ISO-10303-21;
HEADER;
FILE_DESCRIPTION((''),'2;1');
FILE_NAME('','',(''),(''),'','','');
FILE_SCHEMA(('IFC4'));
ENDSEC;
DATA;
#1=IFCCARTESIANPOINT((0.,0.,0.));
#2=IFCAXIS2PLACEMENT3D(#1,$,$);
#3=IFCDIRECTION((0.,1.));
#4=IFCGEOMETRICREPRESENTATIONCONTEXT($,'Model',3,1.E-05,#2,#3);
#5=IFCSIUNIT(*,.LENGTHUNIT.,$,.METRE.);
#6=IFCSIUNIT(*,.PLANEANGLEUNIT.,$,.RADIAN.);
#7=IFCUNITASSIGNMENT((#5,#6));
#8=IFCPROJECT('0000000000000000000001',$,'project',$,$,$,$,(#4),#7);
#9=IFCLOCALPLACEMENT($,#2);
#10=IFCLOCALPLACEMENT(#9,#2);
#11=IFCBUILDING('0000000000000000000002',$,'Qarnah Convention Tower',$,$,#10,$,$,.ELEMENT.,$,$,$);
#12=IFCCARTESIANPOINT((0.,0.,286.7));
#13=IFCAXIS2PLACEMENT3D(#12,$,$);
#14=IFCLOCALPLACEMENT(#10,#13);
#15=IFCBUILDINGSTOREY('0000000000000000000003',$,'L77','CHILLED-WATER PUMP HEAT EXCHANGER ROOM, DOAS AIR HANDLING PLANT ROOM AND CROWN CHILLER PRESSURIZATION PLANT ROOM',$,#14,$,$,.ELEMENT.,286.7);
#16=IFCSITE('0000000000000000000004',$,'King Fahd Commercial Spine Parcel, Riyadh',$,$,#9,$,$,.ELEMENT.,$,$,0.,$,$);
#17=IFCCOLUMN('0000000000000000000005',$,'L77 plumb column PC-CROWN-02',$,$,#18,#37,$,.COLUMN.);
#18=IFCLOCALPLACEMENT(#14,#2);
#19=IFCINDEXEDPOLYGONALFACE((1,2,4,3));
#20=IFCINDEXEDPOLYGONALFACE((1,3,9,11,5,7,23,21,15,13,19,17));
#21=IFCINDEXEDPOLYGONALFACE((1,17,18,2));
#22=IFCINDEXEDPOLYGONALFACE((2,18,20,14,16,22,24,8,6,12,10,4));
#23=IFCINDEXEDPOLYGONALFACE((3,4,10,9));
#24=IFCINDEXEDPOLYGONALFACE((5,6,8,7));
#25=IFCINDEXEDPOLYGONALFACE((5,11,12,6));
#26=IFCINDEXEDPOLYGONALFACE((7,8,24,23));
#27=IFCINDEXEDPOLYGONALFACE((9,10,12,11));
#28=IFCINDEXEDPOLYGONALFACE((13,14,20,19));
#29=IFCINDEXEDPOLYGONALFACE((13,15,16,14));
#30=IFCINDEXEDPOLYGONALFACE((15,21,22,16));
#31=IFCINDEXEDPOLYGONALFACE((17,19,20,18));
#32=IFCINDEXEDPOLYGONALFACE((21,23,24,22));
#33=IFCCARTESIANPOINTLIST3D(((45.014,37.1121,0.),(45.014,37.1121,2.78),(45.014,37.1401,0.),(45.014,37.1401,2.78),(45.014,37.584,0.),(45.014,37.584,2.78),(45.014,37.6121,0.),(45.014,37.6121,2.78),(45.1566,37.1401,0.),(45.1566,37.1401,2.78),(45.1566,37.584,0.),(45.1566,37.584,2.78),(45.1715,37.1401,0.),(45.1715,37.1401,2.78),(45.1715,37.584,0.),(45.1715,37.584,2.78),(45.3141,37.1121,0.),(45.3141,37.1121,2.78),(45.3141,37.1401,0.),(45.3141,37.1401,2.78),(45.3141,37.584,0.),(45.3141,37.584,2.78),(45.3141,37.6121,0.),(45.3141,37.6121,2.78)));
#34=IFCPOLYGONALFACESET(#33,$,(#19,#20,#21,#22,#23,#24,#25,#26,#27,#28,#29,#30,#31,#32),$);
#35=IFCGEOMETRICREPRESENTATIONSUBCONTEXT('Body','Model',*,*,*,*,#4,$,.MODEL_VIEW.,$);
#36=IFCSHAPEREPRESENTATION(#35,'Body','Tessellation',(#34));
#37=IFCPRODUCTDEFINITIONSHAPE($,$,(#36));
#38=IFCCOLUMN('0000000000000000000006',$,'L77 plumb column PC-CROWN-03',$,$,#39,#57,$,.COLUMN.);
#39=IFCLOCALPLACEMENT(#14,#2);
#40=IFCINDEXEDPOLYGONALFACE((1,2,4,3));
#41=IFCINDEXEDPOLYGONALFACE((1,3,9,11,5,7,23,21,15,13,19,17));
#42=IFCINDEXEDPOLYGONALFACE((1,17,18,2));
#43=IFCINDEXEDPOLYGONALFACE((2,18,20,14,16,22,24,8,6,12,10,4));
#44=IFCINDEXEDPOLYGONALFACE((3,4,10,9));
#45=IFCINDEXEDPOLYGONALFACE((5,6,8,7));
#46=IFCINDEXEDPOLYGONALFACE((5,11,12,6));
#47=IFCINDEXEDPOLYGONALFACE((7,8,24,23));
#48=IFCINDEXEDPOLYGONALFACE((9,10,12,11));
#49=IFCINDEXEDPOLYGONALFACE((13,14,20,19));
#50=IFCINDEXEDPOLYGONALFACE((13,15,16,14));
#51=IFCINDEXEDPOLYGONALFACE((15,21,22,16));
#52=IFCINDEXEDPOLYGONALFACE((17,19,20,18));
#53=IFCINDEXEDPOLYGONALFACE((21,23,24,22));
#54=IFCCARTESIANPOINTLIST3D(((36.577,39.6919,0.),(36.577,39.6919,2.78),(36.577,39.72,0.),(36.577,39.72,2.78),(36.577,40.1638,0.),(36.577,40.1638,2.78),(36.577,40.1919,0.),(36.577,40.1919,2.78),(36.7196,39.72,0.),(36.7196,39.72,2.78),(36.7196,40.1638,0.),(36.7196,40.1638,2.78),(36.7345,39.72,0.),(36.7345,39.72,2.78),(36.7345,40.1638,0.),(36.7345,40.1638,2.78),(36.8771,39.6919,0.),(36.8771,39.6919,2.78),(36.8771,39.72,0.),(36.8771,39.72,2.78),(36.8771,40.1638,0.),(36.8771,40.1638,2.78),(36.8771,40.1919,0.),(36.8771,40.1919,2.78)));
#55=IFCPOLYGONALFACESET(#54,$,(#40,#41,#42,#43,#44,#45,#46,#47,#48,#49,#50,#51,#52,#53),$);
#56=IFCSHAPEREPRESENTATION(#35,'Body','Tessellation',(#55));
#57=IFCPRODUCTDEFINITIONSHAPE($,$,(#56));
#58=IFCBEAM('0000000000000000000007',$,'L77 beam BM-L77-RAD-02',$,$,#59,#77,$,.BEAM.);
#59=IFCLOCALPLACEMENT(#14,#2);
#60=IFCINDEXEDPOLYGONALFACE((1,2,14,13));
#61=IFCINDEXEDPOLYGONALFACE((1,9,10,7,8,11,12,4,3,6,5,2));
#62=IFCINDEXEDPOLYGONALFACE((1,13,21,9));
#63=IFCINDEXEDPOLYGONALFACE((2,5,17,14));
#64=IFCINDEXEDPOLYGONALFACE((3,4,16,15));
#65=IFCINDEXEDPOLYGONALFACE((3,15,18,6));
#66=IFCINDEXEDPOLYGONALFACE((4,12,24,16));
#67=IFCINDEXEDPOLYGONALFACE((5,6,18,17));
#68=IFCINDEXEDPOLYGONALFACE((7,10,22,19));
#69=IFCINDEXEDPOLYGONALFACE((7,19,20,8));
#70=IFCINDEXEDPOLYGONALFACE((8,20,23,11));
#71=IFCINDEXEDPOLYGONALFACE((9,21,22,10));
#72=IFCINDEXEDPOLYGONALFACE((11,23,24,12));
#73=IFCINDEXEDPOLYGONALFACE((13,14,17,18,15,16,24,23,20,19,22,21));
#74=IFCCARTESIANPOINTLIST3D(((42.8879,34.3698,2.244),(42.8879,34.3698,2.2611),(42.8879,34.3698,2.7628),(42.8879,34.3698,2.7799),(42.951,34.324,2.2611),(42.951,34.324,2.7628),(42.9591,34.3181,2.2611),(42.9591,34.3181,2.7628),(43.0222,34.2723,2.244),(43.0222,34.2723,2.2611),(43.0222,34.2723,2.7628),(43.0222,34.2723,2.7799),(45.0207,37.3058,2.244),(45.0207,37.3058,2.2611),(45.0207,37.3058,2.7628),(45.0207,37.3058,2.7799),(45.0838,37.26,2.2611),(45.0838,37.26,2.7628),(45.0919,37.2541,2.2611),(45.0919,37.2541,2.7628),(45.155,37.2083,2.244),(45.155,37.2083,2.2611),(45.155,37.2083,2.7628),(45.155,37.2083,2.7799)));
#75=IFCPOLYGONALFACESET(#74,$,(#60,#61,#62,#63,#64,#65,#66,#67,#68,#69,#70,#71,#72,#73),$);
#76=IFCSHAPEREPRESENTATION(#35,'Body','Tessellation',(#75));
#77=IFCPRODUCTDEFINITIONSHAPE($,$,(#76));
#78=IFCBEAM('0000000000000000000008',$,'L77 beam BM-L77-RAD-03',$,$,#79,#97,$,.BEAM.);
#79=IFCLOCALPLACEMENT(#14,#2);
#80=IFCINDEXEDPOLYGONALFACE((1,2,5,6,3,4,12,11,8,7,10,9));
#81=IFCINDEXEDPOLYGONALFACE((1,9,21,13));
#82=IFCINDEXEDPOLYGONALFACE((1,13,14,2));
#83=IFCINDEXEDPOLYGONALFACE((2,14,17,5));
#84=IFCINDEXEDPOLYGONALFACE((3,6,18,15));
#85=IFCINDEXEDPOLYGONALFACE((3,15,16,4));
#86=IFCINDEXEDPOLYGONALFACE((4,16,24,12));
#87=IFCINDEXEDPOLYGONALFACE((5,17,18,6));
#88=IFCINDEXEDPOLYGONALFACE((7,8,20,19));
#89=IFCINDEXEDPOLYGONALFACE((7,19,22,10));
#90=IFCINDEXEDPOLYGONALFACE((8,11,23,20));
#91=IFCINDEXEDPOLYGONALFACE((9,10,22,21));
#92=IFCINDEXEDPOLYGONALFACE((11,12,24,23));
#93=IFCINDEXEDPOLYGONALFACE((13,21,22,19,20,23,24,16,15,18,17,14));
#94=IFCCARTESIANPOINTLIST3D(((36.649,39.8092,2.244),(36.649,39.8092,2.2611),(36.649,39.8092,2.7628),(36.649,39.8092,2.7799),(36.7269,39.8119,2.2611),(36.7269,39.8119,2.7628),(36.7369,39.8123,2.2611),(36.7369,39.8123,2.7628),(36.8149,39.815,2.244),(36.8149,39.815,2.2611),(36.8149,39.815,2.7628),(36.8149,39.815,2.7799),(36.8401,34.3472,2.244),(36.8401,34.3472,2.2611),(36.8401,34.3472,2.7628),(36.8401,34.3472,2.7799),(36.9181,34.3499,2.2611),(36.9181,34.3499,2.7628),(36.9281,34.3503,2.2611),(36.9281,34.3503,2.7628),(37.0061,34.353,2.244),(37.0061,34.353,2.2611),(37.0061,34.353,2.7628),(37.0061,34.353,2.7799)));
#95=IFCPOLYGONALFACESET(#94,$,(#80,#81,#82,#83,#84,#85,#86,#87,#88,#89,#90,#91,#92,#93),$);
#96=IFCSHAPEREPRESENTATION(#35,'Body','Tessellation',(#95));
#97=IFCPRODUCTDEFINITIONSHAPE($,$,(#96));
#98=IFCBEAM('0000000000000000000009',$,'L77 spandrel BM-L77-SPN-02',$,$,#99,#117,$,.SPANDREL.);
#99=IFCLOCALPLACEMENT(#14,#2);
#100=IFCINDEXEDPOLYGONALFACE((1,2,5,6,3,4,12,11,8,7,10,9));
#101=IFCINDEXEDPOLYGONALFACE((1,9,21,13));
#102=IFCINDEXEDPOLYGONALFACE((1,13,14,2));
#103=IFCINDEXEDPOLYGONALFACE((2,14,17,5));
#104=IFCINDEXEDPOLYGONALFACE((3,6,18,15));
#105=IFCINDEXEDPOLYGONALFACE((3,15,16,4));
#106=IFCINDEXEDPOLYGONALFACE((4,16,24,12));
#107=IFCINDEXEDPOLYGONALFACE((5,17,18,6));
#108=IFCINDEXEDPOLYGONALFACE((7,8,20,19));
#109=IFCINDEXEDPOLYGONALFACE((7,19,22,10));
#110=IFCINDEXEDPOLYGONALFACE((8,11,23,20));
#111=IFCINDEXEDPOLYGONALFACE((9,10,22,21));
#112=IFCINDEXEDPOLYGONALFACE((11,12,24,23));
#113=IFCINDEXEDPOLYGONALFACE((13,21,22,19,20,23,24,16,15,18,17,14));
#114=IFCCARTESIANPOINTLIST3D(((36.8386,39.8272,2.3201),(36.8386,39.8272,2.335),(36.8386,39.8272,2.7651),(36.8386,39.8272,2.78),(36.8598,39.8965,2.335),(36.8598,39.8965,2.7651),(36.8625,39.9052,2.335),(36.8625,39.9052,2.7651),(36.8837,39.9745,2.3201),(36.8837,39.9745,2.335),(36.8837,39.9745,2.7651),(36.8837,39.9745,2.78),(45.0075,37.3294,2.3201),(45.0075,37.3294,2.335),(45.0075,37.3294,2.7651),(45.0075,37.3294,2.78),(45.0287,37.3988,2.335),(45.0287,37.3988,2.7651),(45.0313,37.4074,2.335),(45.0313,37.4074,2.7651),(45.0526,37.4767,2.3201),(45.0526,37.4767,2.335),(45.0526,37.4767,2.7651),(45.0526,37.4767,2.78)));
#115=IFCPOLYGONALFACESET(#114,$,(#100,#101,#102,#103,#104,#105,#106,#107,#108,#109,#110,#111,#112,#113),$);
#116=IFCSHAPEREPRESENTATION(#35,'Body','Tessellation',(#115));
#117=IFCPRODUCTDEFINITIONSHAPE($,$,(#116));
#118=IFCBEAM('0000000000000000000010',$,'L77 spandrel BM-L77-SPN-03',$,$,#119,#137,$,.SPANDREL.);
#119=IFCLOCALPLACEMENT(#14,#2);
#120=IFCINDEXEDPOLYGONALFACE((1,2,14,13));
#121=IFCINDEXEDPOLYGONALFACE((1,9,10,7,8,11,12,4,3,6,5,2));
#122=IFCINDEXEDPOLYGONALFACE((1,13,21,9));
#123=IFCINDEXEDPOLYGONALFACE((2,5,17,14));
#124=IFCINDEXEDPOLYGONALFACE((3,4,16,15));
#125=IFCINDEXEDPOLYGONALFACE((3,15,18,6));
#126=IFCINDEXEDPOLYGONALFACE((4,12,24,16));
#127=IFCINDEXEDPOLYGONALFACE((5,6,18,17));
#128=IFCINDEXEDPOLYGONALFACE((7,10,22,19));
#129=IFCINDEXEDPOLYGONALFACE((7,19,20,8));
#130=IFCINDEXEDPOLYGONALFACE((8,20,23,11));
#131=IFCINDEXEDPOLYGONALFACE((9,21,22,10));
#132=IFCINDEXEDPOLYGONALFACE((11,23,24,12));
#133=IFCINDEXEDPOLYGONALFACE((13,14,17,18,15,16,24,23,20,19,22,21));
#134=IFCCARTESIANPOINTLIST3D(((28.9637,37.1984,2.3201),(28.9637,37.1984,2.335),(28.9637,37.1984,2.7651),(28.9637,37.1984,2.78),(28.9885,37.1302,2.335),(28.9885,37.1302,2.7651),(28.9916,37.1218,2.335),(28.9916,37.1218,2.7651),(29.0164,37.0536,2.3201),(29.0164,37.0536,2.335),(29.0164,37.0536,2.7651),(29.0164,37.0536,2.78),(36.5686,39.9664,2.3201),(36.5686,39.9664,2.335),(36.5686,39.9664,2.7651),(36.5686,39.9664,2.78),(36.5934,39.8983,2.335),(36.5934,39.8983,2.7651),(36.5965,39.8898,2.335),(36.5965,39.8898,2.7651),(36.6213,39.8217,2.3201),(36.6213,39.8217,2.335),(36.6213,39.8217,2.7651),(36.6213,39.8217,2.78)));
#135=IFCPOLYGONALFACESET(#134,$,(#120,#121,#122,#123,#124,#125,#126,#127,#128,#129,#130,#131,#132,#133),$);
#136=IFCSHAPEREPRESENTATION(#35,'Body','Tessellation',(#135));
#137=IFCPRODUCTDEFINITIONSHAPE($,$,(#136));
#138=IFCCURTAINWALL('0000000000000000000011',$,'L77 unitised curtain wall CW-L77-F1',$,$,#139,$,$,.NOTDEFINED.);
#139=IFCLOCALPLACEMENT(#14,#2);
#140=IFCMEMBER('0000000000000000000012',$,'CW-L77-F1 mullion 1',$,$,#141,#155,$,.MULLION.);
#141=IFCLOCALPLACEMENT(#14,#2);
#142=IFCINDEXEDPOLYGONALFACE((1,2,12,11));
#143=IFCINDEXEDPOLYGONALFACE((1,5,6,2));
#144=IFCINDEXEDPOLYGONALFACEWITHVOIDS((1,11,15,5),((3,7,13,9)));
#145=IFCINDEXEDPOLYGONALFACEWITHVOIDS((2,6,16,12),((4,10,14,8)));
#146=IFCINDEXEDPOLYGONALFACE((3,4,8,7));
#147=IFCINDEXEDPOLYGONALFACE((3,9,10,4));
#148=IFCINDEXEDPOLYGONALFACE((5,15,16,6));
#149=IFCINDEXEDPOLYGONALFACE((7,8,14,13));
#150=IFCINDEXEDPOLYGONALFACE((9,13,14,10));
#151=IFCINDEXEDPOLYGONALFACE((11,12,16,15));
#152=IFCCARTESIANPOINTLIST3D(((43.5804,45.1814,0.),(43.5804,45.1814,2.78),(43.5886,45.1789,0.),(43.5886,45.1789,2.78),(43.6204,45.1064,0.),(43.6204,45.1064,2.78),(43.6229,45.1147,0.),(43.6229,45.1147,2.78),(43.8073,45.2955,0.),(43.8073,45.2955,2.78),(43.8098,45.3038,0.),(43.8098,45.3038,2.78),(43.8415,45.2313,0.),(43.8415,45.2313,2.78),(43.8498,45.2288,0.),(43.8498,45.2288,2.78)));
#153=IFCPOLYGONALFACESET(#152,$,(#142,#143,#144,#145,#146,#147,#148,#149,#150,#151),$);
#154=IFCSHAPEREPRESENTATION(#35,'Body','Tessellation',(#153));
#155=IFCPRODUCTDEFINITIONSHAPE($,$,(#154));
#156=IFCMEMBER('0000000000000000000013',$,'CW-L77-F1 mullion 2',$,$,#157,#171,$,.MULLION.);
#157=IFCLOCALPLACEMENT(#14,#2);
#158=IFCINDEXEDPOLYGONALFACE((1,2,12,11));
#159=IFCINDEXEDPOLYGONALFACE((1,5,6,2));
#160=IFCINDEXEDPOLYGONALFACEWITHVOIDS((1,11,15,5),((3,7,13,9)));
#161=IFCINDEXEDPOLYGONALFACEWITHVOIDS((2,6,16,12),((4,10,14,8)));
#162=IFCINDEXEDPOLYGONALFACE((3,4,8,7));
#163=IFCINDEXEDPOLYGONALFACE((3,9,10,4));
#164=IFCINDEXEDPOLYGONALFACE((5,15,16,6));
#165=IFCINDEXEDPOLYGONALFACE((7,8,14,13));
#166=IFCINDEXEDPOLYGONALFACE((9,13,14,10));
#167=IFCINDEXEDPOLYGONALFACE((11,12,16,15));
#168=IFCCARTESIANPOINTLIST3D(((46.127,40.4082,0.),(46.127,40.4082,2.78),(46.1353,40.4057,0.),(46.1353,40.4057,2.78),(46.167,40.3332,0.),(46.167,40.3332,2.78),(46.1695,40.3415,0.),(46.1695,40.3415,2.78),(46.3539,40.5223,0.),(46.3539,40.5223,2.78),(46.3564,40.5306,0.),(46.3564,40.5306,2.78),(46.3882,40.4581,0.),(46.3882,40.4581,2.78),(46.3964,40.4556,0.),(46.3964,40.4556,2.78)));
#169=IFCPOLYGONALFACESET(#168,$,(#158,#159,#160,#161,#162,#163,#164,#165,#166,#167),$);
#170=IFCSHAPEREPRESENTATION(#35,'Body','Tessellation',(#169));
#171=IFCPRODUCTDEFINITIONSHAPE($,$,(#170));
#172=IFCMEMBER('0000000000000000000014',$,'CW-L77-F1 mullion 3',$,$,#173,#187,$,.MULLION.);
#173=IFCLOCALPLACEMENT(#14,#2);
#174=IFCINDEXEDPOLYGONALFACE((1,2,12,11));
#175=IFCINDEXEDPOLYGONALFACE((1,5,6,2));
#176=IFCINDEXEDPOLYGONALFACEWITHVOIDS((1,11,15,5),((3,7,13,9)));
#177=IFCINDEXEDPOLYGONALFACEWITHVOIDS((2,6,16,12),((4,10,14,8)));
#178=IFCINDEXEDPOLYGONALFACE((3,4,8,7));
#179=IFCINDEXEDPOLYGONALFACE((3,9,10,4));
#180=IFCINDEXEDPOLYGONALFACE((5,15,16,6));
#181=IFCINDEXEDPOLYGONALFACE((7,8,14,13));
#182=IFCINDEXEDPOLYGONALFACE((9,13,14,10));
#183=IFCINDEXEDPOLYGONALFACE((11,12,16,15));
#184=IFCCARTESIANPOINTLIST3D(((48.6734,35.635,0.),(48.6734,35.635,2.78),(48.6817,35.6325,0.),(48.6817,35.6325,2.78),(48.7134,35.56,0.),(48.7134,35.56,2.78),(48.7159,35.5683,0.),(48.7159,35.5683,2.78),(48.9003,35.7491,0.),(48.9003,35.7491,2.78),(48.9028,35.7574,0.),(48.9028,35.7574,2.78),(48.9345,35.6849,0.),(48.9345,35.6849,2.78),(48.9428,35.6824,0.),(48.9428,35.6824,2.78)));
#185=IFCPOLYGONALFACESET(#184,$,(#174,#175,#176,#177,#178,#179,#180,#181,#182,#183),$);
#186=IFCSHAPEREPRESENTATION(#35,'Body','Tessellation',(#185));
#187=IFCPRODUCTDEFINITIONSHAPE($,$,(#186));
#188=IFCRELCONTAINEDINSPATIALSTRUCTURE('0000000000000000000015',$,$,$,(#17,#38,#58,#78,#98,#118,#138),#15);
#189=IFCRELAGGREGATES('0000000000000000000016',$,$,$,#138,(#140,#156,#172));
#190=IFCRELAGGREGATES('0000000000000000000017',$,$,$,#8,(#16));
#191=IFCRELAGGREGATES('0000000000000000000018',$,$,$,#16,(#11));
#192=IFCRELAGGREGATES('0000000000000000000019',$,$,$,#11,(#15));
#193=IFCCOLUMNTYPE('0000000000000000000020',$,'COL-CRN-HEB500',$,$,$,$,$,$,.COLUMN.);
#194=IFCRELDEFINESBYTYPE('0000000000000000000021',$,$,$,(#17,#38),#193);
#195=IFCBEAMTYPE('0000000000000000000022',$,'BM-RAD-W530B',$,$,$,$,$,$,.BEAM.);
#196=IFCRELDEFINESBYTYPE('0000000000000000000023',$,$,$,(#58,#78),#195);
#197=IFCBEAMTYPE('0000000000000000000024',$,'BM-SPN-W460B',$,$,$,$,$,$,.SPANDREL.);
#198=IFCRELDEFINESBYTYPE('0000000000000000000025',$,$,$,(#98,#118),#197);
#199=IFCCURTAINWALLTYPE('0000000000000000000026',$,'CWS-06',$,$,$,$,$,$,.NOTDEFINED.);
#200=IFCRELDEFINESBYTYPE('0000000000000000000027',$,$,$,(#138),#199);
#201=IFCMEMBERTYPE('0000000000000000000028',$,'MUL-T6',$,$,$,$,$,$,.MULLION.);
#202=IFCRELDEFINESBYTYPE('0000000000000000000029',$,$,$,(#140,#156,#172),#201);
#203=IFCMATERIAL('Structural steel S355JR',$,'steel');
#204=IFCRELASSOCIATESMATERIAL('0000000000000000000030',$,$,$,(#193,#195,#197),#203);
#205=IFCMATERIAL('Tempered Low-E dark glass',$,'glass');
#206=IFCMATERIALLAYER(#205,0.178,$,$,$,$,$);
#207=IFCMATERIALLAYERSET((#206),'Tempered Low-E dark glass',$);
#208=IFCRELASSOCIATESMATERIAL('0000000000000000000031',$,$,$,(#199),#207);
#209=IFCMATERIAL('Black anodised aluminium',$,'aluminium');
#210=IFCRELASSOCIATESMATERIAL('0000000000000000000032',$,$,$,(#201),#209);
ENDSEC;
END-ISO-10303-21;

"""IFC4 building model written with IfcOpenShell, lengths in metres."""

from ifc_helpers import new_model, si_unit, direction, frame, origin, origin_2d, place, context, subcontext, project, spatial, hollow_rectangle, i_section, extrude, material, layer, layer_set, material_profile, profile_set, type_object, element, aggregate, save


model = new_model("IFC4")

# Units and contexts
model_context = context("Model", 3, precision=1e-05, world=origin(), true_north=direction((0.0, 1.0)))
body_context = subcontext(model_context, "Body", "Model", "MODEL_VIEW")
ifc_project = project(units=[si_unit("LENGTHUNIT", "METRE"), si_unit("PLANEANGLEUNIT", "RADIAN")], contexts=[model_context])

# Site, building, storey
site_placement = place(None, origin())
site = spatial("IfcSite", under=ifc_project, at=site_placement, Name="King Fahd Commercial Spine Parcel, Riyadh", CompositionType="ELEMENT", RefElevation=0.0)
building_placement = place(site_placement, origin())
building = spatial("IfcBuilding", under=site, at=building_placement, Name="Qarnah Convention Tower", CompositionType="ELEMENT")
storey_placement = place(building_placement, frame((0.0, 0.0, 286.7)))
storey = spatial("IfcBuildingStorey", under=building, at=storey_placement, Name="L77", Description="CHILLED-WATER PUMP HEAT EXCHANGER ROOM, DOAS AIR HANDLING PLANT ROOM AND CROWN CHILLER PRESSURIZATION PLANT ROOM", CompositionType="ELEMENT", Elevation=286.7)

# Columns
ifc_material_1 = material(Name="Structural steel S355JR", Category="steel")
ifc_material_profile_1 = material_profile(ifc_material_1, i_section(OverallWidth=0.3, OverallDepth=0.5, WebThickness=0.0149, FlangeThickness=0.0281, at=origin_2d()), Name="HEB500")
ifc_profile_set_1 = profile_set([ifc_material_profile_1], Name="Structural steel S355JR")
column_type = type_object("IfcColumnType", Name="COL-CRN-HEB500", PredefinedType="COLUMN", material=ifc_profile_set_1)
for number, where, z_axis, x_axis, name in (
    (1, (45.1641, 37.3621, 0.0), (0.0, 0.0, 1.0), (1.0, 0.0, 0.0), "L77 plumb column PC-CROWN-02"),
    (2, (36.7271, 39.9419, 0.0), (0.0, 0.0, 1.0), (1.0, 0.0, 0.0), "L77 plumb column PC-CROWN-03"),
):
    element("IfcColumn", number, at=place(storey_placement, frame(where, z_axis=z_axis, x_axis=x_axis)), inside=storey, type_object=column_type, Name=name, PredefinedType="COLUMN", context=body_context, shape_type="SweptSolid", body=[
        extrude(i_section(OverallWidth=0.3, OverallDepth=0.5, WebThickness=0.0149, FlangeThickness=0.0281, at=origin_2d()), origin(), (0.0, 0.0, 1.0), 2.78),
    ])

# Beams
ifc_material_profile_2 = material_profile(ifc_material_1, i_section(OverallWidth=0.166, OverallDepth=0.5359, WebThickness=0.01, FlangeThickness=0.0171, at=origin_2d()), Name="W530X85")
ifc_profile_set_2 = profile_set([ifc_material_profile_2], Name="Structural steel S355JR")
beam_type_1 = type_object("IfcBeamType", Name="BM-RAD-W530B", PredefinedType="BEAM", material=ifc_profile_set_2)
beam_1_placement = place(storey_placement, frame((42.9551, 34.321, 2.512), z_axis=(0.587724, 0.809062, 0.0), x_axis=(-0.809062, 0.587724, 0.0)))
element("IfcBeam", 3, at=beam_1_placement, inside=storey, type_object=beam_type_1, Name="L77 beam BM-L77-RAD-02", PredefinedType="BEAM", context=body_context, shape_type="SweptSolid", body=[
    extrude(i_section(OverallWidth=0.166, OverallDepth=0.5359, WebThickness=0.01, FlangeThickness=0.0171, at=origin_2d()), origin(), (0.0, 0.0, 1.0), 3.6289),
])
beam_2_placement = place(storey_placement, frame((36.9231, 34.3501, 2.512), z_axis=(-0.034978, 0.999388, 0.0), x_axis=(-0.999388, -0.034978, 0.0)))
element("IfcBeam", 4, at=beam_2_placement, inside=storey, type_object=beam_type_1, Name="L77 beam BM-L77-RAD-03", PredefinedType="BEAM", context=body_context, shape_type="SweptSolid", body=[
    extrude(i_section(OverallWidth=0.166, OverallDepth=0.5359, WebThickness=0.01, FlangeThickness=0.0171, at=origin_2d()), origin(), (0.0, 0.0, 1.0), 5.4653),
])
ifc_material_profile_3 = material_profile(ifc_material_1, i_section(OverallWidth=0.1541, OverallDepth=0.46, WebThickness=0.009, FlangeThickness=0.0149, at=origin_2d()), Name="W460X68")
ifc_profile_set_3 = profile_set([ifc_material_profile_3], Name="Structural steel S355JR")
beam_type_2 = type_object("IfcBeamType", Name="BM-SPN-W460B", PredefinedType="SPANDREL", material=ifc_profile_set_3)
beam_3_placement = place(storey_placement, frame((45.03, 37.4031, 2.55), z_axis=(-0.956295, 0.292404, 0.0), x_axis=(-0.292404, -0.956295, 0.0)))
element("IfcBeam", 5, at=beam_3_placement, inside=storey, type_object=beam_type_2, Name="L77 spandrel BM-L77-SPN-02", PredefinedType="SPANDREL", context=body_context, shape_type="SweptSolid", body=[
    extrude(i_section(OverallWidth=0.1541, OverallDepth=0.46, WebThickness=0.009, FlangeThickness=0.0149, at=origin_2d()), origin(), (0.0, 0.0, 1.0), 8.5422),
])
beam_4_placement = place(storey_placement, frame((36.595, 39.894, 2.55), z_axis=(-0.939689, -0.342029, 0.0), x_axis=(0.342029, -0.939689, 0.0)))
element("IfcBeam", 6, at=beam_4_placement, inside=storey, type_object=beam_type_2, Name="L77 spandrel BM-L77-SPN-03", PredefinedType="SPANDREL", context=body_context, shape_type="SweptSolid", body=[
    extrude(i_section(OverallWidth=0.1541, OverallDepth=0.46, WebThickness=0.009, FlangeThickness=0.0149, at=origin_2d()), origin(), (0.0, 0.0, 1.0), 8.093),
])

# Curtain wall, members
ifc_material_2 = material(Name="Tempered Low-E dark glass", Category="glass")
ifc_layer_1 = layer(ifc_material_2, 0.178)
ifc_layer_set_1 = layer_set([ifc_layer_1], Name="Tempered Low-E dark glass")
curtain_wall_type = type_object("IfcCurtainWallType", Name="CWS-06", PredefinedType="NOTDEFINED", material=ifc_layer_set_1)
curtain_wall_placement = place(storey_placement, origin())
curtain_wall = element("IfcCurtainWall", 7, at=curtain_wall_placement, inside=storey, type_object=curtain_wall_type, Name="L77 unitised curtain wall CW-L77-F1", PredefinedType="NOTDEFINED")
ifc_material_3 = material(Name="Black anodised aluminium", Category="aluminium")
ifc_material_profile_4 = material_profile(ifc_material_3, hollow_rectangle(XDim=0.085, YDim=0.26, WallThickness=0.0061, at=origin_2d()), Name="MUL-85X260")
ifc_profile_set_4 = profile_set([ifc_material_profile_4], Name="Black anodised aluminium")
member_type_1 = type_object("IfcMemberType", Name="MUL-T6", PredefinedType="MULLION", material=ifc_profile_set_4)
member_1_placement = place(storey_placement, frame((43.7151, 45.2051, 0.0), z_axis=(0.0, 0.0, 1.0), x_axis=(0.470717, -0.882284, 0.0)))
member_1 = element("IfcMember", 8, at=member_1_placement, type_object=member_type_1, Name="CW-L77-F1 mullion 1", PredefinedType="MULLION", context=body_context, shape_type="SweptSolid", body=[
    extrude(hollow_rectangle(XDim=0.085, YDim=0.26, WallThickness=0.0061, at=origin_2d()), origin(), (0.0, 0.0, 1.0), 2.78),
])
member_2_placement = place(storey_placement, frame((46.2617, 40.4319, 0.0), z_axis=(0.0, 0.0, 1.0), x_axis=(0.470717, -0.882284, 0.0)))
member_2 = element("IfcMember", 9, at=member_2_placement, type_object=member_type_1, Name="CW-L77-F1 mullion 2", PredefinedType="MULLION", context=body_context, shape_type="SweptSolid", body=[
    extrude(hollow_rectangle(XDim=0.085, YDim=0.26, WallThickness=0.0061, at=origin_2d()), origin(), (0.0, 0.0, 1.0), 2.78),
])
member_3_placement = place(storey_placement, frame((48.8081, 35.6587, 0.0), z_axis=(0.0, 0.0, 1.0), x_axis=(0.470717, -0.882284, 0.0)))
member_3 = element("IfcMember", 10, at=member_3_placement, type_object=member_type_1, Name="CW-L77-F1 mullion 3", PredefinedType="MULLION", context=body_context, shape_type="SweptSolid", body=[
    extrude(hollow_rectangle(XDim=0.085, YDim=0.26, WallThickness=0.0061, at=origin_2d()), origin(), (0.0, 0.0, 1.0), 2.78),
])
aggregate(curtain_wall, [member_1, member_2, member_3])

save(model, "model.ifc")
